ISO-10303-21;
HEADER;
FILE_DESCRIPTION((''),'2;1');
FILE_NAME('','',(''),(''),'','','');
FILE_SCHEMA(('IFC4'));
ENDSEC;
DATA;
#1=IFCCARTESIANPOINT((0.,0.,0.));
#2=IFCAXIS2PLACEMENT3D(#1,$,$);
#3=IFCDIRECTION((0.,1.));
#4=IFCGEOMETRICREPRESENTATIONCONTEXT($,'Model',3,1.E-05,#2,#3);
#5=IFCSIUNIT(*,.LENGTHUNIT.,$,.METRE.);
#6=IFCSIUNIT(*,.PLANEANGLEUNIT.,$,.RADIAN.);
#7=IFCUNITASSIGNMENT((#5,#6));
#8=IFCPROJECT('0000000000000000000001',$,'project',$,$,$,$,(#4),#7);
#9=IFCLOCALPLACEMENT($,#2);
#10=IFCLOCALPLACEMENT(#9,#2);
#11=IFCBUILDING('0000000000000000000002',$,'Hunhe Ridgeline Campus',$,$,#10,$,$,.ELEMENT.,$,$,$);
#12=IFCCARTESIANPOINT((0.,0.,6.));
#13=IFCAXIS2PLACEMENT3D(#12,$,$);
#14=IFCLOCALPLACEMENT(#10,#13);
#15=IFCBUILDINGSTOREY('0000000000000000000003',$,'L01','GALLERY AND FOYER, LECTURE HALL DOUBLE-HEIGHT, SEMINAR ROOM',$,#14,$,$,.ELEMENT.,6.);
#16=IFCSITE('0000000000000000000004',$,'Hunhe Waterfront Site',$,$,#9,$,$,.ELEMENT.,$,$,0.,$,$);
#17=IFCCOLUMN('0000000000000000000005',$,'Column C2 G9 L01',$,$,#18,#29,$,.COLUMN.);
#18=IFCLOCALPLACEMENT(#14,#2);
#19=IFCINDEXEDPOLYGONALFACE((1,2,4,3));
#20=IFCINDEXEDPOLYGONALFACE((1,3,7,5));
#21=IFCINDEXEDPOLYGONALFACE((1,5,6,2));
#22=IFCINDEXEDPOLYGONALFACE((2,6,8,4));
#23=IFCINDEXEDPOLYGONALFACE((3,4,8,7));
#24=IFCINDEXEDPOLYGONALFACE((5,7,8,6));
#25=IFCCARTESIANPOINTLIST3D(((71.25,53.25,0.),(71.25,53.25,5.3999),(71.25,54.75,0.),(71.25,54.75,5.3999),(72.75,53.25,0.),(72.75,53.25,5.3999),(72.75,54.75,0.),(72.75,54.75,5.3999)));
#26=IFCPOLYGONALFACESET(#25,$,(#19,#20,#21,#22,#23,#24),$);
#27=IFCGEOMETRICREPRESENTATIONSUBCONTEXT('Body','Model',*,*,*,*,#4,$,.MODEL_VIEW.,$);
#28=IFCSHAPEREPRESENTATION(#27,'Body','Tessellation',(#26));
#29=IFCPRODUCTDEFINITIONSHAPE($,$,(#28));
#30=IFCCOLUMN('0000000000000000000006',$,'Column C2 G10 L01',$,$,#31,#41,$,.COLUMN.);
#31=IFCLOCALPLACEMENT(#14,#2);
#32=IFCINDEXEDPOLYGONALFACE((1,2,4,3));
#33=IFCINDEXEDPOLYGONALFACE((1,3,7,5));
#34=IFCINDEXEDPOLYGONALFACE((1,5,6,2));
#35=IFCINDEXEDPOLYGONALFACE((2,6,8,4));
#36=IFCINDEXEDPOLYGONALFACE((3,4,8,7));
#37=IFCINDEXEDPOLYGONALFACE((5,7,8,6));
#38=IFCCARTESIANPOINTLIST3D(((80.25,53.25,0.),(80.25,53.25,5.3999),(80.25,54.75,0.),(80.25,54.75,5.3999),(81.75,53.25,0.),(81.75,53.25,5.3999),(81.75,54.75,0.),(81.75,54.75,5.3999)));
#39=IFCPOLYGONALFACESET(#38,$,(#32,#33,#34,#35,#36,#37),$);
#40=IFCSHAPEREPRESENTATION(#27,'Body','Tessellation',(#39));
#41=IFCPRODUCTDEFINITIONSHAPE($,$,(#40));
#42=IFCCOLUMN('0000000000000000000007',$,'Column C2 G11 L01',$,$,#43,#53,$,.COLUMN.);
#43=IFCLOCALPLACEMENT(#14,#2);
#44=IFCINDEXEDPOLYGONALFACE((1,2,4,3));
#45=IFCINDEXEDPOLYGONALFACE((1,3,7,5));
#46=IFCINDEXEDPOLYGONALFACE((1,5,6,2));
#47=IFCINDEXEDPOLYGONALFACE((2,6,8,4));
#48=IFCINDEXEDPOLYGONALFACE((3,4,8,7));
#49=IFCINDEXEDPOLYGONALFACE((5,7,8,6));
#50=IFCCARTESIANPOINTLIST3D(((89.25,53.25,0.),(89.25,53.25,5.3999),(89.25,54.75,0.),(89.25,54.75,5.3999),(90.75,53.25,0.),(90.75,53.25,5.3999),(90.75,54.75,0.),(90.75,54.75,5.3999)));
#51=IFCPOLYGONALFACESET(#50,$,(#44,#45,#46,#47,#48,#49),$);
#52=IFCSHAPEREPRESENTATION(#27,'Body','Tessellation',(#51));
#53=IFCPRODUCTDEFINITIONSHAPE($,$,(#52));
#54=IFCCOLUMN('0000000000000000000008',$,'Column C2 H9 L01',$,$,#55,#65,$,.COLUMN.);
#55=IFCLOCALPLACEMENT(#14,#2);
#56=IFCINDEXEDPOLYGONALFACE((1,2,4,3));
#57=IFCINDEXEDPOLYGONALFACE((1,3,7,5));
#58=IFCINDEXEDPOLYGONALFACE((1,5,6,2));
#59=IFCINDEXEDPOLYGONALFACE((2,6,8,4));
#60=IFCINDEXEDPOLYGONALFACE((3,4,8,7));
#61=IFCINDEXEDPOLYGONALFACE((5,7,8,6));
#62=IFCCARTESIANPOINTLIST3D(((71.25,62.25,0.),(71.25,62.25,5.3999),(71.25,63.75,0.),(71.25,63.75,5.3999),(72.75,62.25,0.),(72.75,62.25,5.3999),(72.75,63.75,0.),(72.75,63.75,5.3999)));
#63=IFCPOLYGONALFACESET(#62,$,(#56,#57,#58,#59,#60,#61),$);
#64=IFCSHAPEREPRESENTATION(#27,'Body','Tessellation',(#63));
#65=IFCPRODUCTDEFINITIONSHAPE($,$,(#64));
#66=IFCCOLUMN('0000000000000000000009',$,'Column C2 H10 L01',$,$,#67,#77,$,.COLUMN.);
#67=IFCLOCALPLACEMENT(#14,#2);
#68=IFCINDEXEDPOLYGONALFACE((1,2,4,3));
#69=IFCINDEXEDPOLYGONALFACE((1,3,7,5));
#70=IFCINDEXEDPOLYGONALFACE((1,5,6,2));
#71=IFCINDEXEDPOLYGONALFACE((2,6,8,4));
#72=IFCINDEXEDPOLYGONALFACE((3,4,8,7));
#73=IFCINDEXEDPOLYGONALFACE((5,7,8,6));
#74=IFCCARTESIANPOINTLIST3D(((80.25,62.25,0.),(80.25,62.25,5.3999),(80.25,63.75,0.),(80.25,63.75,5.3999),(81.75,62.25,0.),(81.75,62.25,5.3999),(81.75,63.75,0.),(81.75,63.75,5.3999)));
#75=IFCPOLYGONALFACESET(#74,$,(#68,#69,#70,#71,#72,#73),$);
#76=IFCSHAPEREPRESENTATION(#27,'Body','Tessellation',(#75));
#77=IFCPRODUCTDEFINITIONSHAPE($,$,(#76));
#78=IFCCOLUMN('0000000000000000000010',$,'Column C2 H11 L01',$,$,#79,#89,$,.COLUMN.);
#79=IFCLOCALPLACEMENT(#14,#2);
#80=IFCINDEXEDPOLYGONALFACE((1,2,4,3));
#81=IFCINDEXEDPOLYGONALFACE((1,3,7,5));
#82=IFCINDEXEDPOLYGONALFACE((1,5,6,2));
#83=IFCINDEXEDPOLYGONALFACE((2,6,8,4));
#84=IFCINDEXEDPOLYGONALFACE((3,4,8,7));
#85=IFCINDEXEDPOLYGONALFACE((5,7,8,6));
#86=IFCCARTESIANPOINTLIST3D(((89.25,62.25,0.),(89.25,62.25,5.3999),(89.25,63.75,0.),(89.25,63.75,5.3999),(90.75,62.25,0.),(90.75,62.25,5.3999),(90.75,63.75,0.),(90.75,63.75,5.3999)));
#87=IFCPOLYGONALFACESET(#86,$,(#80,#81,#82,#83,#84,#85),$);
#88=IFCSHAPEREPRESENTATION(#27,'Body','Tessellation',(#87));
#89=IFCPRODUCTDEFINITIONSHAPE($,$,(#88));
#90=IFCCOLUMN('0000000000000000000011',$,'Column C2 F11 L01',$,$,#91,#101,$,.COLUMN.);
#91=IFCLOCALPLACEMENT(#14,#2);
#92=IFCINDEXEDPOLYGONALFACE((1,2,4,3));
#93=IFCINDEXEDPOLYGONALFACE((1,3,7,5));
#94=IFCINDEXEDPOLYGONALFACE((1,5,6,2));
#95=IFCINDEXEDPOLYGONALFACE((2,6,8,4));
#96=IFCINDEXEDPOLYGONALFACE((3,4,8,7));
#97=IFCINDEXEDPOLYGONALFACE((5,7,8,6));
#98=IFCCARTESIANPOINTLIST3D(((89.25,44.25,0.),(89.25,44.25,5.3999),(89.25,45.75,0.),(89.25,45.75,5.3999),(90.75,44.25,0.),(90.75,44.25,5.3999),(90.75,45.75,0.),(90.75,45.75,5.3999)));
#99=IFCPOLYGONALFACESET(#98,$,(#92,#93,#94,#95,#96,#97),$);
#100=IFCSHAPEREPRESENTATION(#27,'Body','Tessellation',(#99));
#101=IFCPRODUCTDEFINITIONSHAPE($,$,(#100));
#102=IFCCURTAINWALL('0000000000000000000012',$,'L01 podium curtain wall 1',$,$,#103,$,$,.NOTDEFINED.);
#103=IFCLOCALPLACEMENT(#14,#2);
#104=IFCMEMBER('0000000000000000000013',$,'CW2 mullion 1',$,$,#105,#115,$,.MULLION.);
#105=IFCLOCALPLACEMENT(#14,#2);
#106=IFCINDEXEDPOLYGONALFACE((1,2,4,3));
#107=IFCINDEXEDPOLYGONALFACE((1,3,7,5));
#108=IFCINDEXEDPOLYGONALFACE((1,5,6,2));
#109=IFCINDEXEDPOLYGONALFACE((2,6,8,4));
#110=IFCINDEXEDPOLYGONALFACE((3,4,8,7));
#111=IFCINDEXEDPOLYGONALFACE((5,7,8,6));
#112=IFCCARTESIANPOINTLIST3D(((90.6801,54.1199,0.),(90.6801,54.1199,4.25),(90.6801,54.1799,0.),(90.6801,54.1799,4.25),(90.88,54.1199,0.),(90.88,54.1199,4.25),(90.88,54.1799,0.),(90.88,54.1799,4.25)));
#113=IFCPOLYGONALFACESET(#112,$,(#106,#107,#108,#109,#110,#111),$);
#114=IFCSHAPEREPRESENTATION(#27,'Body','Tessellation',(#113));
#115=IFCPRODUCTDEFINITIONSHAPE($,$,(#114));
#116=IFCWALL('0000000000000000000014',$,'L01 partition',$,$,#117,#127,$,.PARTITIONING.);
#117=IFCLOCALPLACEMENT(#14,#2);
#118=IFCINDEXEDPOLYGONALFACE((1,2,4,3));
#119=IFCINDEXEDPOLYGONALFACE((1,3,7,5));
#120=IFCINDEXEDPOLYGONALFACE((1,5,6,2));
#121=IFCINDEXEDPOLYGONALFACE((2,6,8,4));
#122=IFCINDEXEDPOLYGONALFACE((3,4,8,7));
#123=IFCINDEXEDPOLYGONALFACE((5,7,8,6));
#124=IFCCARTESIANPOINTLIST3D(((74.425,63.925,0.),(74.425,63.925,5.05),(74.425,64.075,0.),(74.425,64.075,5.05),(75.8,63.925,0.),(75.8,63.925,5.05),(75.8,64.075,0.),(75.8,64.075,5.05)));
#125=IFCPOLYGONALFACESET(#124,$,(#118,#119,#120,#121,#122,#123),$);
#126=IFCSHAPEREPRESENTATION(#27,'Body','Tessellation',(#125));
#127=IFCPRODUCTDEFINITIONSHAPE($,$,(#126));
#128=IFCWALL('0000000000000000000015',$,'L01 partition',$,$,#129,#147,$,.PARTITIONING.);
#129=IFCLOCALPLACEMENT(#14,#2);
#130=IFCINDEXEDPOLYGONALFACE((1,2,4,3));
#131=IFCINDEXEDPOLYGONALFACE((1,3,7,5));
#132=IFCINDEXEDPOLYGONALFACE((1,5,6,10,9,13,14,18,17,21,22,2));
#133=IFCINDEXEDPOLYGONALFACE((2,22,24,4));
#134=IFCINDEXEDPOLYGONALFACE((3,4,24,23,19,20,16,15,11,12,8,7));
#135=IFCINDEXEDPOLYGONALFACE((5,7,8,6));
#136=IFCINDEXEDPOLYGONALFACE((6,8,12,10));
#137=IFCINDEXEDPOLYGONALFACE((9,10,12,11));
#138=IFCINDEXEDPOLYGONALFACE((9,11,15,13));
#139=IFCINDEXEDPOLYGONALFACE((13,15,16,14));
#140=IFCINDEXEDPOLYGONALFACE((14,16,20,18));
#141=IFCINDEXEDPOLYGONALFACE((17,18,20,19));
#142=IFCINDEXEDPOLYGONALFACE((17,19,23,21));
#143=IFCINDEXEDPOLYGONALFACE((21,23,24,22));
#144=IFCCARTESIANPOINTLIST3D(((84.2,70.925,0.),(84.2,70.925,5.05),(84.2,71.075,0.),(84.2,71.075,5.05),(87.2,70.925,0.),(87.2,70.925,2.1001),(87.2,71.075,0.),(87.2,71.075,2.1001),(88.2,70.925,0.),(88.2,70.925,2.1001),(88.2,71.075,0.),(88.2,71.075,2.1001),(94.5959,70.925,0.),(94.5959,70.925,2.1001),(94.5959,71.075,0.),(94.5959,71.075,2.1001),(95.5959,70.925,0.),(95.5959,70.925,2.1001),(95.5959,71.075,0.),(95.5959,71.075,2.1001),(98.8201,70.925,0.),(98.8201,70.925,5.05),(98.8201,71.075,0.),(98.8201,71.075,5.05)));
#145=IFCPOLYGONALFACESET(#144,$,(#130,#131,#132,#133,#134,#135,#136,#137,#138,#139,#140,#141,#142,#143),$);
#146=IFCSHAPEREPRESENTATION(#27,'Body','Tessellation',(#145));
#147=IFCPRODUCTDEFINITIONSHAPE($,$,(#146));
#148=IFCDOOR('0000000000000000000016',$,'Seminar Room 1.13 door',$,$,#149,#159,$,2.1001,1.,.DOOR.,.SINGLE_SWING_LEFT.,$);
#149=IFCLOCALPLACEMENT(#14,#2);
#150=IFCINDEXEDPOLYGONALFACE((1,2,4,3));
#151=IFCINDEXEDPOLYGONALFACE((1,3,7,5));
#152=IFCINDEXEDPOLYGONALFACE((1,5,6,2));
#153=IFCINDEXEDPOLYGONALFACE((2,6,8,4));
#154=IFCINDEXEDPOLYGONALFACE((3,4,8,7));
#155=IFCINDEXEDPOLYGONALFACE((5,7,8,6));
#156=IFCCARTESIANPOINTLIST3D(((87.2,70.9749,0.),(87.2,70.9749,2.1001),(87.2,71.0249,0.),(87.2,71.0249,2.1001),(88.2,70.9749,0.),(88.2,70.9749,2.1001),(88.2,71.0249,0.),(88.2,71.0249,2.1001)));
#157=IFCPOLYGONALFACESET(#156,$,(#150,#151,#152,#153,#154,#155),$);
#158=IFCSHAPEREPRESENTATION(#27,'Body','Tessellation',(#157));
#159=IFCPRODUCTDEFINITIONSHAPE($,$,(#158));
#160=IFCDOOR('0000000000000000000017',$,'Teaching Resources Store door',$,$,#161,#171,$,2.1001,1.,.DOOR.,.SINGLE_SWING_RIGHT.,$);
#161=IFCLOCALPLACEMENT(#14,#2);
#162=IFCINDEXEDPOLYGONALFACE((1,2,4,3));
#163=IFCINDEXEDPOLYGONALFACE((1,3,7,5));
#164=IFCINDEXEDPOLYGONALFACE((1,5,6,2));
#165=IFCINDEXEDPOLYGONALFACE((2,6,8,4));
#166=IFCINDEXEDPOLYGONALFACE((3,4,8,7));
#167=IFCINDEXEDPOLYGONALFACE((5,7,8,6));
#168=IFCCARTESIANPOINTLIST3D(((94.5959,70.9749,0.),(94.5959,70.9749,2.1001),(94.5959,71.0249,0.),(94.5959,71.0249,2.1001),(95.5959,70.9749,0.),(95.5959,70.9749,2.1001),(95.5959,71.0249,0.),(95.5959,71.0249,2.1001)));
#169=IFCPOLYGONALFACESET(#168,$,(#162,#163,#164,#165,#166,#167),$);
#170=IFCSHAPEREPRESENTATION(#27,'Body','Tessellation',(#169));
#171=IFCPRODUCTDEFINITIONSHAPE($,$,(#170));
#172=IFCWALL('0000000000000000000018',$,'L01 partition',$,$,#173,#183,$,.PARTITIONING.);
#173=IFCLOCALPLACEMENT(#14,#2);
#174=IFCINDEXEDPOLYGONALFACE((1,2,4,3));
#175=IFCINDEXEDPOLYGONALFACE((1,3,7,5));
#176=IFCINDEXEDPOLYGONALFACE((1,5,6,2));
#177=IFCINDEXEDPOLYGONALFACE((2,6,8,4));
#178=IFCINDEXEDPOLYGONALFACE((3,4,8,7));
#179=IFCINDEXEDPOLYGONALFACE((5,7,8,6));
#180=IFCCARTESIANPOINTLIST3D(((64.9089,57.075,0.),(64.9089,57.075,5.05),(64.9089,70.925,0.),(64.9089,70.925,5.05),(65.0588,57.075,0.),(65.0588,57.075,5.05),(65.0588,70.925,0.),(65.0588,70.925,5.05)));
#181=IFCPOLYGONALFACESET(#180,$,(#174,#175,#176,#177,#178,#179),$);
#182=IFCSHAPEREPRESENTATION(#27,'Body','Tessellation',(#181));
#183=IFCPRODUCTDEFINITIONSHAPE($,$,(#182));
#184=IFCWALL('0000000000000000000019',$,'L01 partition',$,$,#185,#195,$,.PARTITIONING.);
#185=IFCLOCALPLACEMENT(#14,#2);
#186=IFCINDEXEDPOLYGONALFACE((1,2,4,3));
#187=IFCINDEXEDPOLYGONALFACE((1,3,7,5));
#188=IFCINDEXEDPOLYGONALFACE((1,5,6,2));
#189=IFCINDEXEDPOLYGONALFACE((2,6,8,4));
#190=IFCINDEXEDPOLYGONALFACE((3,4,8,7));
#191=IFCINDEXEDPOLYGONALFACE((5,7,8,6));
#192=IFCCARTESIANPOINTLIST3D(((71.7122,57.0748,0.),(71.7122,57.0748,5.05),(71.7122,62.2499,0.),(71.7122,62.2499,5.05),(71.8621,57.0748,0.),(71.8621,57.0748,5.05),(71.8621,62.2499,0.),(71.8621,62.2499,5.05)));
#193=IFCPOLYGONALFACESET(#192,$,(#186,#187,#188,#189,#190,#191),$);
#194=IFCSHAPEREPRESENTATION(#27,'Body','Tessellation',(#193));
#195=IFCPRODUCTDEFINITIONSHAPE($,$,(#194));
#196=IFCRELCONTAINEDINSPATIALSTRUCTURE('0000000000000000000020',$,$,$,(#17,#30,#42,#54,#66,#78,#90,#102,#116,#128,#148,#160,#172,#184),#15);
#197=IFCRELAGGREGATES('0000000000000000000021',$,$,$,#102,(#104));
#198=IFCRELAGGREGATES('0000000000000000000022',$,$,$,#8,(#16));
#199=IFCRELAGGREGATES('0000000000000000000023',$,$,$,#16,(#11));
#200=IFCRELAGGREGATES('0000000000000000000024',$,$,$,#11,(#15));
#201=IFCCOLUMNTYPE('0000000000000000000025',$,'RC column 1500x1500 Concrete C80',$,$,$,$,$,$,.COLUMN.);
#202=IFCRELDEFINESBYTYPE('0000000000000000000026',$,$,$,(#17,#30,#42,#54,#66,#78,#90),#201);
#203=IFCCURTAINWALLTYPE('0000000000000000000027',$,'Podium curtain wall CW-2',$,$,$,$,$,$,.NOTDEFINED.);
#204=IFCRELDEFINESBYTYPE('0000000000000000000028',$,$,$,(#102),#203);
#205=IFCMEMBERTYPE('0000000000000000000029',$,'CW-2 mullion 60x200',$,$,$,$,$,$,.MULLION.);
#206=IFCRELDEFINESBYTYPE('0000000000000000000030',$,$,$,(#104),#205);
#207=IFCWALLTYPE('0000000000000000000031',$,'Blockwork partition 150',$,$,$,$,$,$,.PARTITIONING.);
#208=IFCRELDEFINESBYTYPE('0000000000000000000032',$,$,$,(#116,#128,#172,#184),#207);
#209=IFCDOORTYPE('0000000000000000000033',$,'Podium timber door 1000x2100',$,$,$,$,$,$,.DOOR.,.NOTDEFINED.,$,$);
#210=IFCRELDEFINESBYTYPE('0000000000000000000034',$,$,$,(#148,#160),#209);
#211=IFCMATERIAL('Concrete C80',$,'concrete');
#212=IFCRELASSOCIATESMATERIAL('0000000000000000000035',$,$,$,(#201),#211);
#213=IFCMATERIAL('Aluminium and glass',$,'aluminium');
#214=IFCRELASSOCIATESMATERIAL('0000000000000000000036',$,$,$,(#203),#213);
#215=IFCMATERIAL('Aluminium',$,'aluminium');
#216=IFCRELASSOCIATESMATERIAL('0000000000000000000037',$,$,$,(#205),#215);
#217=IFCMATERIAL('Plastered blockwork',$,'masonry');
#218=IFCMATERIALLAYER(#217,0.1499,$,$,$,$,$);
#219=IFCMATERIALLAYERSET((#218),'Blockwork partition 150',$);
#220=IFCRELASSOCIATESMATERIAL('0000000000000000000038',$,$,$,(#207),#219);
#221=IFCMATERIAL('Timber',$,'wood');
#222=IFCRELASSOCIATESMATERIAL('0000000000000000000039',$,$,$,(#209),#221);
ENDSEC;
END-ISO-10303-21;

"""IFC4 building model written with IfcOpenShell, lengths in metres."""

from ifc_helpers import new_model, si_unit, direction, frame, frame_2d, origin, origin_2d, place, context, subcontext, project, spatial, rectangle, extrude, material, layer, layer_set, material_profile, profile_set, type_object, element, fill, aggregate, save


model = new_model("IFC4")

# Units and contexts
model_context = context("Model", 3, precision=1e-05, world=origin(), true_north=direction((0.0, 1.0)))
body_context = subcontext(model_context, "Body", "Model", "MODEL_VIEW")
ifc_project = project(units=[si_unit("LENGTHUNIT", "METRE"), si_unit("PLANEANGLEUNIT", "RADIAN")], contexts=[model_context])

# Site, building, storey
site_placement = place(None, origin())
site = spatial("IfcSite", under=ifc_project, at=site_placement, Name="Hunhe Waterfront Site", CompositionType="ELEMENT", RefElevation=0.0)
building_placement = place(site_placement, origin())
building = spatial("IfcBuilding", under=site, at=building_placement, Name="Hunhe Ridgeline Campus", CompositionType="ELEMENT")
storey_placement = place(building_placement, frame((0.0, 0.0, 6.0)))
storey = spatial("IfcBuildingStorey", under=building, at=storey_placement, Name="L01", Description="GALLERY AND FOYER, LECTURE HALL DOUBLE-HEIGHT, SEMINAR ROOM", CompositionType="ELEMENT", Elevation=6.0)

# Columns
ifc_material_1 = material(Name="Concrete C80", Category="concrete")
ifc_material_profile_1 = material_profile(ifc_material_1, rectangle(XDim=1.5, YDim=1.5, at=origin_2d()))
ifc_profile_set_1 = profile_set([ifc_material_profile_1], Name="Concrete C80")
column_type = type_object("IfcColumnType", Name="RC column 1500x1500 Concrete C80", PredefinedType="COLUMN", material=ifc_profile_set_1)
for number, where, z_axis, x_axis, name in (
    (1, (72.0, 54.0, 0.0), (0.0, 0.0, 1.0), (1.0, 0.0, 0.0), "Column C2 G9 L01"),
    (2, (81.0, 54.0, 0.0), (0.0, 0.0, 1.0), (1.0, 0.0, 0.0), "Column C2 G10 L01"),
    (3, (90.0, 54.0, 0.0), (0.0, 0.0, 1.0), (1.0, 0.0, 0.0), "Column C2 G11 L01"),
    (4, (72.0, 63.0, 0.0), (0.0, 0.0, 1.0), (1.0, 0.0, 0.0), "Column C2 H9 L01"),
    (5, (81.0, 63.0, 0.0), (0.0, 0.0, 1.0), (1.0, 0.0, 0.0), "Column C2 H10 L01"),
    (6, (90.0, 63.0, 0.0), (0.0, 0.0, 1.0), (1.0, 0.0, 0.0), "Column C2 H11 L01"),
    (7, (90.0, 45.0, 0.0), (0.0, 0.0, 1.0), (1.0, 0.0, 0.0), "Column C2 F11 L01"),
):
    element("IfcColumn", number, at=place(storey_placement, frame(where, z_axis=z_axis, x_axis=x_axis)), inside=storey, type_object=column_type, Name=name, PredefinedType="COLUMN", context=body_context, shape_type="SweptSolid", body=[
        extrude(rectangle(XDim=1.5, YDim=1.5, at=origin_2d()), origin(), (0.0, 0.0, 1.0), 5.3999),
    ])

# Curtain wall, member
ifc_material_2 = material(Name="Aluminium and glass", Category="aluminium")
curtain_wall_type = type_object("IfcCurtainWallType", Name="Podium curtain wall CW-2", PredefinedType="NOTDEFINED", material=ifc_material_2)
curtain_wall_placement = place(storey_placement, origin())
curtain_wall = element("IfcCurtainWall", 8, at=curtain_wall_placement, inside=storey, type_object=curtain_wall_type, Name="L01 podium curtain wall 1", PredefinedType="NOTDEFINED")
ifc_material_3 = material(Name="Aluminium", Category="aluminium")
ifc_material_profile_2 = material_profile(ifc_material_3, rectangle(XDim=0.0601, YDim=0.2, at=origin_2d()))
ifc_profile_set_2 = profile_set([ifc_material_profile_2], Name="Aluminium")
member_type = type_object("IfcMemberType", Name="CW-2 mullion 60x200", PredefinedType="MULLION", material=ifc_profile_set_2)
member_placement = place(storey_placement, frame((90.78, 54.1499, 0.0), z_axis=(0.0, 0.0, 1.0), x_axis=(0.0, 1.0, 0.0)))
member = element("IfcMember", 9, at=member_placement, type_object=member_type, Name="CW2 mullion 1", PredefinedType="MULLION", context=body_context, shape_type="SweptSolid", body=[
    extrude(rectangle(XDim=0.0601, YDim=0.2, at=origin_2d()), origin(), (0.0, 0.0, 1.0), 4.25),
])
aggregate(curtain_wall, [member])

# Wall
ifc_material_4 = material(Name="Plastered blockwork", Category="masonry")
ifc_layer_1 = layer(ifc_material_4, 0.1499)
ifc_layer_set_1 = layer_set([ifc_layer_1], Name="Blockwork partition 150")
wall_type_1 = type_object("IfcWallType", Name="Blockwork partition 150", PredefinedType="PARTITIONING", material=ifc_layer_set_1)
wall_1_placement = place(storey_placement, frame((74.425, 64.0, 0.0), z_axis=(0.0, 0.0, 1.0), x_axis=(1.0, 0.0, 0.0)))
element("IfcWall", 10, at=wall_1_placement, inside=storey, type_object=wall_type_1, Name="L01 partition", PredefinedType="PARTITIONING", context=body_context, shape_type="SweptSolid", body=[
    extrude(rectangle(XDim=1.375, YDim=0.1499, at=frame_2d((0.6875, 0.0))), origin(), (0.0, 0.0, 1.0), 5.05),
])

# Wall, openings, doors
wall_2_placement = place(storey_placement, frame((84.2, 71.0, 0.0), z_axis=(0.0, 0.0, 1.0), x_axis=(1.0, 0.0, 0.0)))
wall_2 = element("IfcWall", 11, at=wall_2_placement, inside=storey, type_object=wall_type_1, Name="L01 partition", PredefinedType="PARTITIONING", context=body_context, shape_type="SweptSolid", body=[
    extrude(rectangle(XDim=14.6201, YDim=0.1499, at=frame_2d((7.3101, 0.0))), origin(), (0.0, 0.0, 1.0), 5.05),
])
opening_1_placement = place(wall_2_placement, frame((3.0, 0.0, 0.0)))
opening_1 = element("IfcOpeningElement", 12, at=opening_1_placement, cuts=wall_2, PredefinedType="OPENING", context=body_context, shape_type="SweptSolid", body=[
    extrude(rectangle(XDim=1.0, YDim=2.1001, at=frame_2d((0.5, 1.05))), frame((0.0, 0.075, 0.0), z_axis=(0.0, -1.0, 0.0), x_axis=(1.0, 0.0, 0.0)), (0.0, 0.0, 1.0), 0.1499),
])
opening_2_placement = place(wall_2_placement, frame((10.396, 0.0, 0.0)))
opening_2 = element("IfcOpeningElement", 13, at=opening_2_placement, cuts=wall_2, PredefinedType="OPENING", context=body_context, shape_type="SweptSolid", body=[
    extrude(rectangle(XDim=1.0, YDim=2.1001, at=frame_2d((0.5, 1.05))), frame((0.0, 0.075, 0.0), z_axis=(0.0, -1.0, 0.0), x_axis=(1.0, 0.0, 0.0)), (0.0, 0.0, 1.0), 0.1499),
])
ifc_material_5 = material(Name="Timber", Category="wood")
door_type_1 = type_object("IfcDoorType", Name="Podium timber door 1000x2100", OperationType="NOTDEFINED", PredefinedType="DOOR", material=ifc_material_5)
door_1_placement = place(opening_1_placement, origin())
door_1 = element("IfcDoor", 14, at=door_1_placement, inside=storey, type_object=door_type_1, Name="Seminar Room 1.13 door", OperationType="SINGLE_SWING_LEFT", OverallHeight=2.1001, OverallWidth=1.0, PredefinedType="DOOR", context=body_context, shape_type="SweptSolid", body=[
    extrude(rectangle(XDim=1.0, YDim=2.1001, at=frame_2d((0.5, 1.05))), frame((0.0, 0.0249, 0.0), z_axis=(0.0, -1.0, 0.0), x_axis=(1.0, 0.0, 0.0)), (0.0, 0.0, 1.0), 0.05),
])
fill(opening_1, door_1)
door_2_placement = place(opening_2_placement, origin())
door_2 = element("IfcDoor", 15, at=door_2_placement, inside=storey, type_object=door_type_1, Name="Teaching Resources Store door", OperationType="SINGLE_SWING_RIGHT", OverallHeight=2.1001, OverallWidth=1.0, PredefinedType="DOOR", context=body_context, shape_type="SweptSolid", body=[
    extrude(rectangle(XDim=1.0, YDim=2.1001, at=frame_2d((0.5, 1.05))), frame((0.0, 0.0249, 0.0), z_axis=(0.0, -1.0, 0.0), x_axis=(1.0, 0.0, 0.0)), (0.0, 0.0, 1.0), 0.05),
])
fill(opening_2, door_2)

# Walls
wall_3_placement = place(storey_placement, frame((64.9839, 57.075, 0.0), z_axis=(0.0, 0.0, 1.0), x_axis=(0.0, 1.0, 0.0)))
element("IfcWall", 16, at=wall_3_placement, inside=storey, type_object=wall_type_1, Name="L01 partition", PredefinedType="PARTITIONING", context=body_context, shape_type="SweptSolid", body=[
    extrude(rectangle(XDim=13.8501, YDim=0.1499, at=frame_2d((6.925, 0.0))), origin(), (0.0, 0.0, 1.0), 5.05),
])
wall_4_placement = place(storey_placement, frame((71.7871, 57.075, 0.0), z_axis=(0.0, 0.0, 1.0), x_axis=(0.0, 1.0, 0.0)))
element("IfcWall", 17, at=wall_4_placement, inside=storey, type_object=wall_type_1, Name="L01 partition", PredefinedType="PARTITIONING", context=body_context, shape_type="SweptSolid", body=[
    extrude(rectangle(XDim=5.175, YDim=0.1499, at=frame_2d((2.5874, 0.0))), origin(), (0.0, 0.0, 1.0), 5.05),
])

save(model, "model.ifc")
